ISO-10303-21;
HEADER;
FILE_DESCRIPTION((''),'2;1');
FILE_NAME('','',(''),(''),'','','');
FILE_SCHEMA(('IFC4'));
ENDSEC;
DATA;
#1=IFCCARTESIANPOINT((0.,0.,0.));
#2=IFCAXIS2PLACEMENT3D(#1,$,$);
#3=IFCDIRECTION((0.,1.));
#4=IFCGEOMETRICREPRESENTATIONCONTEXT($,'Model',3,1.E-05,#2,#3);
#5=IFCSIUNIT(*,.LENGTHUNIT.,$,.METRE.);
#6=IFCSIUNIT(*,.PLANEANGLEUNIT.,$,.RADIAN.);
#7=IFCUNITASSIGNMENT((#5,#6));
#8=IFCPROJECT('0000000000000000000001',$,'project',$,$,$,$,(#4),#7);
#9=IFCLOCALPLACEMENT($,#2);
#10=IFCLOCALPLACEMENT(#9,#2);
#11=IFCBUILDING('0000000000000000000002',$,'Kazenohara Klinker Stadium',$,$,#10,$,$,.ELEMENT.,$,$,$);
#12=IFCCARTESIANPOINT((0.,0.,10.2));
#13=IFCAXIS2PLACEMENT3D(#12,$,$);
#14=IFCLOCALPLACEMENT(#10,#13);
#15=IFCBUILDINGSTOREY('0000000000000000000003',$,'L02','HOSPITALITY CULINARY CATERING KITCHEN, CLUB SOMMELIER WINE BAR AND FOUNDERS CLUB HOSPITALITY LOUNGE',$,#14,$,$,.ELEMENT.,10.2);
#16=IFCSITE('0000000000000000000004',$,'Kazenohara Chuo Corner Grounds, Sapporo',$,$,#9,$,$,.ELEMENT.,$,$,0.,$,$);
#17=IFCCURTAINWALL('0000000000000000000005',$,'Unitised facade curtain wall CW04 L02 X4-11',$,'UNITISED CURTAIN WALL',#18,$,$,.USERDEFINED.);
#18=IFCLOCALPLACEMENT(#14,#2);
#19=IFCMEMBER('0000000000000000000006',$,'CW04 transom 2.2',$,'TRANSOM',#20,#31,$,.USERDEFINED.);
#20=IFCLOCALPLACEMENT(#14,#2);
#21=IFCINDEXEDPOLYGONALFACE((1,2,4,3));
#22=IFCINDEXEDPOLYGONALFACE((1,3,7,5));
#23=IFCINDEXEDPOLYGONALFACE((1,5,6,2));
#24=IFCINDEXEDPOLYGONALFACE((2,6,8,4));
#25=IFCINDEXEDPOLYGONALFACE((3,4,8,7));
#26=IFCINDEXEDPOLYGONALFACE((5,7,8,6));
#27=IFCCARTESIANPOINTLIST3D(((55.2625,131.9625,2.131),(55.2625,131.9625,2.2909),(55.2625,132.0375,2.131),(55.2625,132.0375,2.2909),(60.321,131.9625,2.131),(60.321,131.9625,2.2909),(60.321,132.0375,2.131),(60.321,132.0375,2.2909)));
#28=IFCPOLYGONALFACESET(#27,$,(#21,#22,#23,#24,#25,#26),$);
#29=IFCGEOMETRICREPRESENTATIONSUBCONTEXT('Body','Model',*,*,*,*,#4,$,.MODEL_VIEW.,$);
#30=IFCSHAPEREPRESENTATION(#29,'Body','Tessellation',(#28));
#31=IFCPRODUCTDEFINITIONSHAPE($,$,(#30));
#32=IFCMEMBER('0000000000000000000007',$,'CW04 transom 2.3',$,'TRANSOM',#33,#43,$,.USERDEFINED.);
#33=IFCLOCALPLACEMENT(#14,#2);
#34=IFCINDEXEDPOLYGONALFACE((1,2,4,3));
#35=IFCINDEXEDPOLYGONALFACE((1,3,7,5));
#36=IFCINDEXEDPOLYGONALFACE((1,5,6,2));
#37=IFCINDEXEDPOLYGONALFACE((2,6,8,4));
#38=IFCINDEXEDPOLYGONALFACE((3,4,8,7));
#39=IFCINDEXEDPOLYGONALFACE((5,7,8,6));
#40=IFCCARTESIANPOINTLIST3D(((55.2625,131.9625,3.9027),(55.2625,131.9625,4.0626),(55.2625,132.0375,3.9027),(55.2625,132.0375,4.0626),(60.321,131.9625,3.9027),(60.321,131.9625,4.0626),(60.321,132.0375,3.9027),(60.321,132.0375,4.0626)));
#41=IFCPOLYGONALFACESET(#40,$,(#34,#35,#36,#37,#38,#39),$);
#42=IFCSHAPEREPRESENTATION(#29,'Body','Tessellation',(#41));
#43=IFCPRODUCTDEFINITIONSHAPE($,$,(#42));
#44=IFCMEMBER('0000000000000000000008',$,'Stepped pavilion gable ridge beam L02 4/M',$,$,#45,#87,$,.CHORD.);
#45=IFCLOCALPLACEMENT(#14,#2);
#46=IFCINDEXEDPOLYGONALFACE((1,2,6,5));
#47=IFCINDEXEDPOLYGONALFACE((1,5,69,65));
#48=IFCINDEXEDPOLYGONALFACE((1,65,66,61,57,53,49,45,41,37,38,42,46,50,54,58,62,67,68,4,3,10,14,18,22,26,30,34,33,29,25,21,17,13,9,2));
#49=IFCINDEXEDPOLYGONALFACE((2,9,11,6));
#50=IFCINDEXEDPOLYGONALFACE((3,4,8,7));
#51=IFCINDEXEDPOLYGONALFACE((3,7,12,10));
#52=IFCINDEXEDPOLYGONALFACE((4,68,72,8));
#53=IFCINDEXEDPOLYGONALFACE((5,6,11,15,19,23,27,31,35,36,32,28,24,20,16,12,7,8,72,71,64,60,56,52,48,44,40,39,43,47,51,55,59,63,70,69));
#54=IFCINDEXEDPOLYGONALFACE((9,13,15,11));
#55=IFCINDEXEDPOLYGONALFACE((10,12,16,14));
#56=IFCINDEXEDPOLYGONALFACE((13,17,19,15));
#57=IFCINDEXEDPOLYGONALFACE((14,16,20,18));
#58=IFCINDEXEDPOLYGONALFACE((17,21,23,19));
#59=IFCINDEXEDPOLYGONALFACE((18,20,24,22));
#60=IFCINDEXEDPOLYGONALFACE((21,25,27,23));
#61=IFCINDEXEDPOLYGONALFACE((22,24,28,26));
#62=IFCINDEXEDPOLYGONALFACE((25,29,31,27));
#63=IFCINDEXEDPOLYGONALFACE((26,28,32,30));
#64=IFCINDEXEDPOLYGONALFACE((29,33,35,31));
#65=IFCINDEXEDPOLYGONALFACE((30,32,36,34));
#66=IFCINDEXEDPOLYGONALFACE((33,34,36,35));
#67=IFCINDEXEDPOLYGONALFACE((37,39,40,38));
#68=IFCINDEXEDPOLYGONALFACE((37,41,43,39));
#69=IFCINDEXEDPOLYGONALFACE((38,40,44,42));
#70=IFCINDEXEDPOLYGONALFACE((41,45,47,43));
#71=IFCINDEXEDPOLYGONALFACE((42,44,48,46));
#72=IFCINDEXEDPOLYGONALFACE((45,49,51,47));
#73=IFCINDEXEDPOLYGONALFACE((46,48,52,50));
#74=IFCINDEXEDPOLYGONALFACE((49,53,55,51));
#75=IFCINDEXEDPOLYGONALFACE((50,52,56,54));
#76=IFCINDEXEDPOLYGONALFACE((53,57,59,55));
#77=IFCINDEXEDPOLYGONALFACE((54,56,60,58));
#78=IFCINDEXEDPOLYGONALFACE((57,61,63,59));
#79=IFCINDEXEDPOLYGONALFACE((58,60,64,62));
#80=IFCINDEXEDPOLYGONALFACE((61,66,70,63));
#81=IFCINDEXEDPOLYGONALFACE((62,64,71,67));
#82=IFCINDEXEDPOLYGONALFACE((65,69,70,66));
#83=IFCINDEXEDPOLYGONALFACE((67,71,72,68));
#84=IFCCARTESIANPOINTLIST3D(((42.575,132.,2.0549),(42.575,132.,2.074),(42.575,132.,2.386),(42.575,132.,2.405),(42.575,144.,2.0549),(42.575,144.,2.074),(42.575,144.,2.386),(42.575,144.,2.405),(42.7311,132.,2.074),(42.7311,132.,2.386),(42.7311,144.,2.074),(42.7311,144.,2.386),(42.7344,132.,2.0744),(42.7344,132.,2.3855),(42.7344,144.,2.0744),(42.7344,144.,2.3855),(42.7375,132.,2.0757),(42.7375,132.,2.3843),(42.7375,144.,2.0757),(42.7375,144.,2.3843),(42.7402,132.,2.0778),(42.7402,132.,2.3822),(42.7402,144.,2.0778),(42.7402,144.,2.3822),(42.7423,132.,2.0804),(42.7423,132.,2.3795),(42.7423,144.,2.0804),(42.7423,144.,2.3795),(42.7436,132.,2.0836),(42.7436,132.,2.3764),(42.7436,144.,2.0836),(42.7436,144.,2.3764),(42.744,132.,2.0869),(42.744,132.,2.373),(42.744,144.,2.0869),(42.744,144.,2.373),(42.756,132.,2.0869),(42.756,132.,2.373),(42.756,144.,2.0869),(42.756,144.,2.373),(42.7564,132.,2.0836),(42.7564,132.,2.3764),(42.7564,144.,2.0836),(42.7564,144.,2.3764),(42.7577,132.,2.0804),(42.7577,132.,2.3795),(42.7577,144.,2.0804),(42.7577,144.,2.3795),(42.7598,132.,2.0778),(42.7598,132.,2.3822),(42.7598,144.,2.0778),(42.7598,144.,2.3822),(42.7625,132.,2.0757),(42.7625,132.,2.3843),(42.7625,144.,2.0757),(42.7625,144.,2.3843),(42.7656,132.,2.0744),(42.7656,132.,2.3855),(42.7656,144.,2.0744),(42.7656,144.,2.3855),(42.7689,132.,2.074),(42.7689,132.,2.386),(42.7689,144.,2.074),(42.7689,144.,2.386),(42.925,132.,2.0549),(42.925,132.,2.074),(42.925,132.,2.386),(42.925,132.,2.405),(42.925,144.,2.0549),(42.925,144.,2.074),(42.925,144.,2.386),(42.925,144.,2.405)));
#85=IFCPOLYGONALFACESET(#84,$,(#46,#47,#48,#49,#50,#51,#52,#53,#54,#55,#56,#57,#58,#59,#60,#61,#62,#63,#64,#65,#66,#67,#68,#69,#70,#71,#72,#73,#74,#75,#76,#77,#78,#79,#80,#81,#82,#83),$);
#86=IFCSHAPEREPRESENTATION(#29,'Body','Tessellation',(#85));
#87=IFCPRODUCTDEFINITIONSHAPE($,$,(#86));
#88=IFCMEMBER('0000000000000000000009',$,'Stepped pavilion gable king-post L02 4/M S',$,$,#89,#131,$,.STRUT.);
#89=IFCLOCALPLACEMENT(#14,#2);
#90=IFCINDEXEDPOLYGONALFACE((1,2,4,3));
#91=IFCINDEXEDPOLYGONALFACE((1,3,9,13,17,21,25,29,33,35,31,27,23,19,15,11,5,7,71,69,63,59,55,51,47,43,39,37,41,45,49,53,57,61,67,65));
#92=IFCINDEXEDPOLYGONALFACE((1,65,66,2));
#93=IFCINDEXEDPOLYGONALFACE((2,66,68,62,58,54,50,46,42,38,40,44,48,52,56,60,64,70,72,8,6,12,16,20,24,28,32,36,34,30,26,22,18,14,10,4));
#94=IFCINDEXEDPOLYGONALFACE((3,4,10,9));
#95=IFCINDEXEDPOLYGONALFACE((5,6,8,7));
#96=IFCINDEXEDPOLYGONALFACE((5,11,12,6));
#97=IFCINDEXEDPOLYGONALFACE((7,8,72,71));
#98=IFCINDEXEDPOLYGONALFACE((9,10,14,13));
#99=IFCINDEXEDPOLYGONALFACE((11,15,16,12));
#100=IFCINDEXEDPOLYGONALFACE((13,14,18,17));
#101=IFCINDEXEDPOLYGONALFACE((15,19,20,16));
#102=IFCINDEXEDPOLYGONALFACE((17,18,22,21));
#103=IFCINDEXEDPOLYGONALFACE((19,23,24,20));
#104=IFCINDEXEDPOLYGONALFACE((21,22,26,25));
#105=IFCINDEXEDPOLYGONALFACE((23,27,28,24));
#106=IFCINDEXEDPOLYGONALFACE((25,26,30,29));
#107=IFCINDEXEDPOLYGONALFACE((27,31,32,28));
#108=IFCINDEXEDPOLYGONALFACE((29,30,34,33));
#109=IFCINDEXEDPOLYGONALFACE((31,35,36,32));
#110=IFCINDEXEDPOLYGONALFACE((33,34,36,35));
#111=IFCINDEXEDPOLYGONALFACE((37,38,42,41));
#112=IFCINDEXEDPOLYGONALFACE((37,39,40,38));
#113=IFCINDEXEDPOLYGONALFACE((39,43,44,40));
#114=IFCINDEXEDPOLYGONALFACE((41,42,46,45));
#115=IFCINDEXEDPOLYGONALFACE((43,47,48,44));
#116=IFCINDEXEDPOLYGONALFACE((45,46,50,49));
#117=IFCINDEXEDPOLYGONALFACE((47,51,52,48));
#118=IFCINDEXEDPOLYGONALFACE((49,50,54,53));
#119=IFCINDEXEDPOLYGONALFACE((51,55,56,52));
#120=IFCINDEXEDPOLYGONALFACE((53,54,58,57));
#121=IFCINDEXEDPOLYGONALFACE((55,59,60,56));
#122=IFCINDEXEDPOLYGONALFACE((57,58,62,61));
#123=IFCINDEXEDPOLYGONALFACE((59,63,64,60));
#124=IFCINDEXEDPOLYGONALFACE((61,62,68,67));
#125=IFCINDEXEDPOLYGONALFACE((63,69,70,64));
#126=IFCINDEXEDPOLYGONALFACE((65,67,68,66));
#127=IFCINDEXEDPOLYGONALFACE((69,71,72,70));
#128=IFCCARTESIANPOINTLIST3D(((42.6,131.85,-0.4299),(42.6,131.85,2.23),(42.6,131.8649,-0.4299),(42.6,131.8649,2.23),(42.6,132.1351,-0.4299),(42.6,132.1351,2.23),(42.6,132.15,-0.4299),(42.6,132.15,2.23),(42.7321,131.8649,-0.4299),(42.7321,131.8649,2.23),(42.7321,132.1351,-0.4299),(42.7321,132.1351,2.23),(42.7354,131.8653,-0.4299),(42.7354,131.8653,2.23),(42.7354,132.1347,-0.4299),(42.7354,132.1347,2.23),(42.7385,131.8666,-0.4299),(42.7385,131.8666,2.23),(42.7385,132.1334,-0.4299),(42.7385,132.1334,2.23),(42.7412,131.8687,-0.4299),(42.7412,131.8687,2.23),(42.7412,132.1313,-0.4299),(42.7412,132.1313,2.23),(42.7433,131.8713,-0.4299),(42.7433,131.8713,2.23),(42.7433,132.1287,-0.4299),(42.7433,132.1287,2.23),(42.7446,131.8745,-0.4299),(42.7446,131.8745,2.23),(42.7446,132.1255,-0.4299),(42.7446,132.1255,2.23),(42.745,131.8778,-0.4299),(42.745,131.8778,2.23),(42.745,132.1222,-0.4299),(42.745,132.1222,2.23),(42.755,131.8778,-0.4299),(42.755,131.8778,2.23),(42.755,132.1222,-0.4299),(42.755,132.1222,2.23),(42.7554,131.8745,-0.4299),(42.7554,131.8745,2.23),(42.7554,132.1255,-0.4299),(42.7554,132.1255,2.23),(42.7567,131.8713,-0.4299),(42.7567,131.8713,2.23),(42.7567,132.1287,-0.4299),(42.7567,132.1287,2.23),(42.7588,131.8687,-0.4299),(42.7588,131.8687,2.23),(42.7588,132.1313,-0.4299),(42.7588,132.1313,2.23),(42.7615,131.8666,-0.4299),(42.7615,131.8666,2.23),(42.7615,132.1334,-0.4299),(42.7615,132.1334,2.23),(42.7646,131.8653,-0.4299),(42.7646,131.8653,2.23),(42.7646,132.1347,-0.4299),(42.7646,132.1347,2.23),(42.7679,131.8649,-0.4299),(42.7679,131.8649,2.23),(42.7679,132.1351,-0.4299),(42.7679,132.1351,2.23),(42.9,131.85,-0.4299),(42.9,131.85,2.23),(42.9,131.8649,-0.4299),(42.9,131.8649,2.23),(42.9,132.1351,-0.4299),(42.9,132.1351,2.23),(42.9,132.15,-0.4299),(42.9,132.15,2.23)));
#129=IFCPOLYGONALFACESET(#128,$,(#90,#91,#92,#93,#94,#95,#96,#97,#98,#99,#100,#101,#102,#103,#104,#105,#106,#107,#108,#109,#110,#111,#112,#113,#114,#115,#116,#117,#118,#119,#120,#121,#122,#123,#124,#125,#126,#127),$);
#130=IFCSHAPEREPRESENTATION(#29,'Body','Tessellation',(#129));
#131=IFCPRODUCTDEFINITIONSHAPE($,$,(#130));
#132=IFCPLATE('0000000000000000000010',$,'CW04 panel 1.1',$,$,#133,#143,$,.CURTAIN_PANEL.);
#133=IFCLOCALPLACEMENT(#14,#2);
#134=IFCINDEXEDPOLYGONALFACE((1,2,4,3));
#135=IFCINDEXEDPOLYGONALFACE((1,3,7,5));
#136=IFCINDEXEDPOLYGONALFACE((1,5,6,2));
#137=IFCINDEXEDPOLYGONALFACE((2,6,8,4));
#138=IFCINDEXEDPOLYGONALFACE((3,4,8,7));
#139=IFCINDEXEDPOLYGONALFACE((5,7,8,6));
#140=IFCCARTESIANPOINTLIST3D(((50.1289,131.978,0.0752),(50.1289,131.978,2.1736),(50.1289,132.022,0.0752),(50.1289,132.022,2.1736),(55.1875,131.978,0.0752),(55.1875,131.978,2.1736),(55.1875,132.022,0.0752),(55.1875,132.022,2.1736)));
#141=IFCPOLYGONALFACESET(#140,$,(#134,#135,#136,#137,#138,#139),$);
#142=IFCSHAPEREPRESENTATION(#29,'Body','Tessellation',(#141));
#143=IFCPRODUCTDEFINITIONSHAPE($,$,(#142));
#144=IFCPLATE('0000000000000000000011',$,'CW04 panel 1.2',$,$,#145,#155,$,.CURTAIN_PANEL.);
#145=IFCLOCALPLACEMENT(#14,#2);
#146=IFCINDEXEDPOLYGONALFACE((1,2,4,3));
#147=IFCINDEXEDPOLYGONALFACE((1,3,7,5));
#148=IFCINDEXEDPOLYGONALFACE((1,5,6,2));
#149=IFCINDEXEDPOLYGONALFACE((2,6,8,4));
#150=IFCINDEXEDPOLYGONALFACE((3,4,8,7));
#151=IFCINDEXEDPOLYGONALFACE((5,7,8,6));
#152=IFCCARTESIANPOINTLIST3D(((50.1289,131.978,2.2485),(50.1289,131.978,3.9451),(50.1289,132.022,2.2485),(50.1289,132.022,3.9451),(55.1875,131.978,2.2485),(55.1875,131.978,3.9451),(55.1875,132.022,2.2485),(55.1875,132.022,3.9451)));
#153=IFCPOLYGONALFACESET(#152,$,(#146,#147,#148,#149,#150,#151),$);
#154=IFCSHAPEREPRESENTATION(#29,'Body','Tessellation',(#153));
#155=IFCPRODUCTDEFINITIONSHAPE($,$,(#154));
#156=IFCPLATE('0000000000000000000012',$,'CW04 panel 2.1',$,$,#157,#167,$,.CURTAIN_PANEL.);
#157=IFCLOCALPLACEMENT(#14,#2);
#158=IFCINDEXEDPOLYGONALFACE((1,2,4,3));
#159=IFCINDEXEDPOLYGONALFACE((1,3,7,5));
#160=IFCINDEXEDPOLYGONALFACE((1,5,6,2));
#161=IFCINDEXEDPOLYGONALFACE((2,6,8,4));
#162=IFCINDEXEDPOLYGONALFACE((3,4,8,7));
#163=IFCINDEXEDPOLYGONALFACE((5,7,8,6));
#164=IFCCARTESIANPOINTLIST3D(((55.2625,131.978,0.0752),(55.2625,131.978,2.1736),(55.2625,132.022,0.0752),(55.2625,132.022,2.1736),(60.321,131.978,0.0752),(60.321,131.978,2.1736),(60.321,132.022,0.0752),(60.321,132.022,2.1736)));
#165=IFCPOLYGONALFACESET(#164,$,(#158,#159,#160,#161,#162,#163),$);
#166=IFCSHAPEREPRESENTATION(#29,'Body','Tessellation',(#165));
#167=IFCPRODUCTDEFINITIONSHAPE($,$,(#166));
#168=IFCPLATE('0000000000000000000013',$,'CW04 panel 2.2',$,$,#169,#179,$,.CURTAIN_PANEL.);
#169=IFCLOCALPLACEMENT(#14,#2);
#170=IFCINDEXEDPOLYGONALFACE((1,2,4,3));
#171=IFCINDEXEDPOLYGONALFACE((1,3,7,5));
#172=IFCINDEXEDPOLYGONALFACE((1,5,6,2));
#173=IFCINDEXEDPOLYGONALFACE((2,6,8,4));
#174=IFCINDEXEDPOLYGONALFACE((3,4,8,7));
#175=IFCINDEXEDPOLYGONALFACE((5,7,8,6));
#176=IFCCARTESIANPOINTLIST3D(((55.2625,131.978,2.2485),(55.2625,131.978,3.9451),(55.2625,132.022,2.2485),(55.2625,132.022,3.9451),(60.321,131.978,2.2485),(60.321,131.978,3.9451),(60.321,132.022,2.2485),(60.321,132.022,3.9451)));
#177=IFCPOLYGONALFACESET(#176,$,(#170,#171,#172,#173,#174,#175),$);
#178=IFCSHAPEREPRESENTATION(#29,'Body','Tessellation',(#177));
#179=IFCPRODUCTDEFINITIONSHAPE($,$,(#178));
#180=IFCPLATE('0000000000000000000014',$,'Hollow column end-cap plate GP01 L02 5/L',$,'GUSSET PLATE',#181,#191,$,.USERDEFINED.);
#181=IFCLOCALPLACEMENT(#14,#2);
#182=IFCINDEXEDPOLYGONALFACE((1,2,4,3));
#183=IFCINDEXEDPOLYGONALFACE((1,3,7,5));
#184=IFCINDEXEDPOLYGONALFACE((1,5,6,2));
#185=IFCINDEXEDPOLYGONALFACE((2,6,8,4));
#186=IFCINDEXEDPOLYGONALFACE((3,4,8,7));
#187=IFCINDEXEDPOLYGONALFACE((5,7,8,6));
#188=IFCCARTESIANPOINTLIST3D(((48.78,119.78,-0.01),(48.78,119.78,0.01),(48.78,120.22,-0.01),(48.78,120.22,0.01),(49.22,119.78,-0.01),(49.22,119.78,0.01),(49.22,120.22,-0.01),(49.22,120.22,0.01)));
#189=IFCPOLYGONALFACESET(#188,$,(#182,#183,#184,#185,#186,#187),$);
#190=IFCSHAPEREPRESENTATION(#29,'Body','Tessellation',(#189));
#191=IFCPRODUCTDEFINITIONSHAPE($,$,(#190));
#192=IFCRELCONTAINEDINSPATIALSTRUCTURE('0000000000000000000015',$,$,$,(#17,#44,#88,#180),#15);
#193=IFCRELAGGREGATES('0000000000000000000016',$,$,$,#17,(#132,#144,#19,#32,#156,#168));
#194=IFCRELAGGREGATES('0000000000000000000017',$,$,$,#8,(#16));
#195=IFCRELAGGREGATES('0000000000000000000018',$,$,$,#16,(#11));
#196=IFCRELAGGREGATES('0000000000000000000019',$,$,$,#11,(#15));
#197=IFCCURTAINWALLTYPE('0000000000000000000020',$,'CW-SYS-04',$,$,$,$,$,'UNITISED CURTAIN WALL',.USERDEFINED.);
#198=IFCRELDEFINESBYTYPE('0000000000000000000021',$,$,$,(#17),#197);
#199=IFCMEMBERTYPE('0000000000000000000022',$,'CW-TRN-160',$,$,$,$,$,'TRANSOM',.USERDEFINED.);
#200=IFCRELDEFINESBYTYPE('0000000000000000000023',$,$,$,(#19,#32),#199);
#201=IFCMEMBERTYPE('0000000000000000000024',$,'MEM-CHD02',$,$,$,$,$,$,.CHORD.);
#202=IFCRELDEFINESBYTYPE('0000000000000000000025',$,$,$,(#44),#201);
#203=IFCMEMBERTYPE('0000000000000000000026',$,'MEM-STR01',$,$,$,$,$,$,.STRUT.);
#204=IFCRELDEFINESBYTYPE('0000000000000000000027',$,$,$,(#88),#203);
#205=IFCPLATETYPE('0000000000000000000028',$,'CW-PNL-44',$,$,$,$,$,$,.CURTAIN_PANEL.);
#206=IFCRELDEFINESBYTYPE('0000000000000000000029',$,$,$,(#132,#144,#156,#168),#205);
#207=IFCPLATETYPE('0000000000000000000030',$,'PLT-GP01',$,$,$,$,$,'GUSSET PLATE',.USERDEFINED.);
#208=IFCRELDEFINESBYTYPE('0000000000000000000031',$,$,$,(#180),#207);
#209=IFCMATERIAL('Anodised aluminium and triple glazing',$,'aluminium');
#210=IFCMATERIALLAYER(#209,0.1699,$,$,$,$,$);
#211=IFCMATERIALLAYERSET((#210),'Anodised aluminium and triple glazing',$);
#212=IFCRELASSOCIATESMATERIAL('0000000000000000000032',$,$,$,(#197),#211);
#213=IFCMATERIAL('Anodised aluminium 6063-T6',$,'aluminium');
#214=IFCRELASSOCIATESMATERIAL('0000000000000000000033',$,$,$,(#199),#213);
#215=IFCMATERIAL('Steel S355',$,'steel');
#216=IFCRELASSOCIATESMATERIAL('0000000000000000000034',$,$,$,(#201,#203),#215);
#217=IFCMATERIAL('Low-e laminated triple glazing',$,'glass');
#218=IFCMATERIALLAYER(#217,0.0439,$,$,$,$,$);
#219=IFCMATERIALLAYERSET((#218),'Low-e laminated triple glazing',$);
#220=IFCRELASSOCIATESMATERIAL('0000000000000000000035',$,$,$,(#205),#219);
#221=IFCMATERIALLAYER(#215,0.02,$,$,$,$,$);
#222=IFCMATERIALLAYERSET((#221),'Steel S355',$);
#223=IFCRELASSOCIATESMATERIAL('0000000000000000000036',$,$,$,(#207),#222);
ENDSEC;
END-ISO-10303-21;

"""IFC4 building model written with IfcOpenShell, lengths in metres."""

from ifc_helpers import new_model, si_unit, direction, frame, origin, origin_2d, place, context, subcontext, project, spatial, rectangle, i_section, extrude, material, layer, layer_set, material_profile, profile_set, type_object, element, aggregate, save


model = new_model("IFC4")

# Units and contexts
model_context = context("Model", 3, precision=1e-05, world=origin(), true_north=direction((0.0, 1.0)))
body_context = subcontext(model_context, "Body", "Model", "MODEL_VIEW")
ifc_project = project(units=[si_unit("LENGTHUNIT", "METRE"), si_unit("PLANEANGLEUNIT", "RADIAN")], contexts=[model_context])

# Site, building, storey
site_placement = place(None, origin())
site = spatial("IfcSite", under=ifc_project, at=site_placement, Name="Kazenohara Chuo Corner Grounds, Sapporo", CompositionType="ELEMENT", RefElevation=0.0)
building_placement = place(site_placement, origin())
building = spatial("IfcBuilding", under=site, at=building_placement, Name="Kazenohara Klinker Stadium", CompositionType="ELEMENT")
storey_placement = place(building_placement, frame((0.0, 0.0, 10.2)))
storey = spatial("IfcBuildingStorey", under=building, at=storey_placement, Name="L02", Description="HOSPITALITY CULINARY CATERING KITCHEN, CLUB SOMMELIER WINE BAR AND FOUNDERS CLUB HOSPITALITY LOUNGE", CompositionType="ELEMENT", Elevation=10.2)

# Shared definitions
ifc_material_1 = material(Name="Steel S355", Category="steel")

# Curtain wall, members
ifc_material_2 = material(Name="Anodised aluminium and triple glazing", Category="aluminium")
ifc_layer_1 = layer(ifc_material_2, 0.1699)
ifc_layer_set_1 = layer_set([ifc_layer_1], Name="Anodised aluminium and triple glazing")
curtain_wall_type = type_object("IfcCurtainWallType", Name="CW-SYS-04", ElementType="UNITISED CURTAIN WALL", PredefinedType="USERDEFINED", material=ifc_layer_set_1)
curtain_wall_placement = place(storey_placement, origin())
curtain_wall = element("IfcCurtainWall", 1, at=curtain_wall_placement, inside=storey, type_object=curtain_wall_type, Name="Unitised facade curtain wall CW04 L02 X4-11", ObjectType="UNITISED CURTAIN WALL", PredefinedType="USERDEFINED")
ifc_material_3 = material(Name="Anodised aluminium 6063-T6", Category="aluminium")
ifc_material_profile_1 = material_profile(ifc_material_3, rectangle(XDim=0.075, YDim=0.1599, at=origin_2d()), Name="ALU-TRN-75x160")
ifc_profile_set_1 = profile_set([ifc_material_profile_1], Name="Anodised aluminium 6063-T6")
member_type_1 = type_object("IfcMemberType", Name="CW-TRN-160", ElementType="TRANSOM", PredefinedType="USERDEFINED", material=ifc_profile_set_1)
member_1_placement = place(storey_placement, frame((55.2625, 132.0, 2.2109), z_axis=(1.0, 0.0, 0.0), x_axis=(0.0, 1.0, 0.0)))
member_1 = element("IfcMember", 2, at=member_1_placement, type_object=member_type_1, Name="CW04 transom 2.2", ObjectType="TRANSOM", PredefinedType="USERDEFINED", context=body_context, shape_type="SweptSolid", body=[
    extrude(rectangle(XDim=0.075, YDim=0.1599, at=origin_2d()), origin(), (0.0, 0.0, 1.0), 5.0586),
])
member_2_placement = place(storey_placement, frame((55.2625, 132.0, 3.9827), z_axis=(1.0, 0.0, 0.0), x_axis=(0.0, 1.0, 0.0)))
member_2 = element("IfcMember", 3, at=member_2_placement, type_object=member_type_1, Name="CW04 transom 2.3", ObjectType="TRANSOM", PredefinedType="USERDEFINED", context=body_context, shape_type="SweptSolid", body=[
    extrude(rectangle(XDim=0.075, YDim=0.1599, at=origin_2d()), origin(), (0.0, 0.0, 1.0), 5.0586),
])

# Members
ifc_material_profile_2 = material_profile(ifc_material_1, i_section(OverallWidth=0.3501, OverallDepth=0.3501, WebThickness=0.012, FlangeThickness=0.019, FilletRadius=0.0129, at=origin_2d()), Name="H-350x350x12x19")
ifc_profile_set_2 = profile_set([ifc_material_profile_2], Name="Steel S355")
member_type_2 = type_object("IfcMemberType", Name="MEM-CHD02", PredefinedType="CHORD", material=ifc_profile_set_2)
member_3_placement = place(storey_placement, frame((42.75, 132.0, 2.23), z_axis=(0.0, 1.0, 0.0), x_axis=(-1.0, 0.0, 0.0)))
element("IfcMember", 4, at=member_3_placement, inside=storey, type_object=member_type_2, Name="Stepped pavilion gable ridge beam L02 4/M", PredefinedType="CHORD", context=body_context, shape_type="SweptSolid", body=[
    extrude(i_section(OverallWidth=0.3501, OverallDepth=0.3501, WebThickness=0.012, FlangeThickness=0.019, FilletRadius=0.0129, at=origin_2d()), origin(), (0.0, 0.0, 1.0), 12.0),
])
ifc_material_profile_3 = material_profile(ifc_material_1, i_section(OverallWidth=0.3, OverallDepth=0.3, WebThickness=0.01, FlangeThickness=0.0149, FilletRadius=0.0129, at=origin_2d()), Name="H-300x300x10x15")
ifc_profile_set_3 = profile_set([ifc_material_profile_3], Name="Steel S355")
member_type_3 = type_object("IfcMemberType", Name="MEM-STR01", PredefinedType="STRUT", material=ifc_profile_set_3)
member_4_placement = place(storey_placement, frame((42.75, 132.0, -0.4299), z_axis=(0.0, 0.0, 1.0), x_axis=(1.0, 0.0, 0.0)))
element("IfcMember", 5, at=member_4_placement, inside=storey, type_object=member_type_3, Name="Stepped pavilion gable king-post L02 4/M S", PredefinedType="STRUT", context=body_context, shape_type="SweptSolid", body=[
    extrude(i_section(OverallWidth=0.3, OverallDepth=0.3, WebThickness=0.01, FlangeThickness=0.0149, FilletRadius=0.0129, at=origin_2d()), origin(), (0.0, 0.0, 1.0), 2.6599),
])

# Plates
ifc_material_4 = material(Name="Low-e laminated triple glazing", Category="glass")
ifc_layer_2 = layer(ifc_material_4, 0.0439)
ifc_layer_set_2 = layer_set([ifc_layer_2], Name="Low-e laminated triple glazing")
plate_type_1 = type_object("IfcPlateType", Name="CW-PNL-44", PredefinedType="CURTAIN_PANEL", material=ifc_layer_set_2)
plate_1_placement = place(storey_placement, frame((52.6582, 132.0, 0.0752), z_axis=(0.0, 0.0, 1.0), x_axis=(1.0, 0.0, 0.0)))
plate_1 = element("IfcPlate", 6, at=plate_1_placement, type_object=plate_type_1, Name="CW04 panel 1.1", PredefinedType="CURTAIN_PANEL", context=body_context, shape_type="SweptSolid", body=[
    extrude(rectangle(XDim=5.0586, YDim=0.0439, at=origin_2d()), origin(), (0.0, 0.0, 1.0), 2.0984),
])
plate_2_placement = place(storey_placement, frame((52.6582, 132.0, 2.2485), z_axis=(0.0, 0.0, 1.0), x_axis=(1.0, 0.0, 0.0)))
plate_2 = element("IfcPlate", 7, at=plate_2_placement, type_object=plate_type_1, Name="CW04 panel 1.2", PredefinedType="CURTAIN_PANEL", context=body_context, shape_type="SweptSolid", body=[
    extrude(rectangle(XDim=5.0586, YDim=0.0439, at=origin_2d()), origin(), (0.0, 0.0, 1.0), 1.6965),
])
plate_3_placement = place(storey_placement, frame((57.7917, 132.0, 0.0752), z_axis=(0.0, 0.0, 1.0), x_axis=(1.0, 0.0, 0.0)))
plate_3 = element("IfcPlate", 8, at=plate_3_placement, type_object=plate_type_1, Name="CW04 panel 2.1", PredefinedType="CURTAIN_PANEL", context=body_context, shape_type="SweptSolid", body=[
    extrude(rectangle(XDim=5.0586, YDim=0.0439, at=origin_2d()), origin(), (0.0, 0.0, 1.0), 2.0984),
])
plate_4_placement = place(storey_placement, frame((57.7917, 132.0, 2.2485), z_axis=(0.0, 0.0, 1.0), x_axis=(1.0, 0.0, 0.0)))
plate_4 = element("IfcPlate", 9, at=plate_4_placement, type_object=plate_type_1, Name="CW04 panel 2.2", PredefinedType="CURTAIN_PANEL", context=body_context, shape_type="SweptSolid", body=[
    extrude(rectangle(XDim=5.0586, YDim=0.0439, at=origin_2d()), origin(), (0.0, 0.0, 1.0), 1.6965),
])
aggregate(curtain_wall, [plate_1, plate_2, member_1, member_2, plate_3, plate_4])
ifc_layer_3 = layer(ifc_material_1, 0.02)
ifc_layer_set_3 = layer_set([ifc_layer_3], Name="Steel S355")
plate_type_2 = type_object("IfcPlateType", Name="PLT-GP01", ElementType="GUSSET PLATE", PredefinedType="USERDEFINED", material=ifc_layer_set_3)
plate_5_placement = place(storey_placement, frame((49.0, 120.0, -0.01), z_axis=(0.0, 0.0, 1.0), x_axis=(1.0, 0.0, 0.0)))
element("IfcPlate", 10, at=plate_5_placement, inside=storey, type_object=plate_type_2, Name="Hollow column end-cap plate GP01 L02 5/L", ObjectType="GUSSET PLATE", PredefinedType="USERDEFINED", context=body_context, shape_type="SweptSolid", body=[
    extrude(rectangle(XDim=0.4399, YDim=0.4399, at=origin_2d()), origin(), (0.0, 0.0, 1.0), 0.02),
])

save(model, "model.ifc")
